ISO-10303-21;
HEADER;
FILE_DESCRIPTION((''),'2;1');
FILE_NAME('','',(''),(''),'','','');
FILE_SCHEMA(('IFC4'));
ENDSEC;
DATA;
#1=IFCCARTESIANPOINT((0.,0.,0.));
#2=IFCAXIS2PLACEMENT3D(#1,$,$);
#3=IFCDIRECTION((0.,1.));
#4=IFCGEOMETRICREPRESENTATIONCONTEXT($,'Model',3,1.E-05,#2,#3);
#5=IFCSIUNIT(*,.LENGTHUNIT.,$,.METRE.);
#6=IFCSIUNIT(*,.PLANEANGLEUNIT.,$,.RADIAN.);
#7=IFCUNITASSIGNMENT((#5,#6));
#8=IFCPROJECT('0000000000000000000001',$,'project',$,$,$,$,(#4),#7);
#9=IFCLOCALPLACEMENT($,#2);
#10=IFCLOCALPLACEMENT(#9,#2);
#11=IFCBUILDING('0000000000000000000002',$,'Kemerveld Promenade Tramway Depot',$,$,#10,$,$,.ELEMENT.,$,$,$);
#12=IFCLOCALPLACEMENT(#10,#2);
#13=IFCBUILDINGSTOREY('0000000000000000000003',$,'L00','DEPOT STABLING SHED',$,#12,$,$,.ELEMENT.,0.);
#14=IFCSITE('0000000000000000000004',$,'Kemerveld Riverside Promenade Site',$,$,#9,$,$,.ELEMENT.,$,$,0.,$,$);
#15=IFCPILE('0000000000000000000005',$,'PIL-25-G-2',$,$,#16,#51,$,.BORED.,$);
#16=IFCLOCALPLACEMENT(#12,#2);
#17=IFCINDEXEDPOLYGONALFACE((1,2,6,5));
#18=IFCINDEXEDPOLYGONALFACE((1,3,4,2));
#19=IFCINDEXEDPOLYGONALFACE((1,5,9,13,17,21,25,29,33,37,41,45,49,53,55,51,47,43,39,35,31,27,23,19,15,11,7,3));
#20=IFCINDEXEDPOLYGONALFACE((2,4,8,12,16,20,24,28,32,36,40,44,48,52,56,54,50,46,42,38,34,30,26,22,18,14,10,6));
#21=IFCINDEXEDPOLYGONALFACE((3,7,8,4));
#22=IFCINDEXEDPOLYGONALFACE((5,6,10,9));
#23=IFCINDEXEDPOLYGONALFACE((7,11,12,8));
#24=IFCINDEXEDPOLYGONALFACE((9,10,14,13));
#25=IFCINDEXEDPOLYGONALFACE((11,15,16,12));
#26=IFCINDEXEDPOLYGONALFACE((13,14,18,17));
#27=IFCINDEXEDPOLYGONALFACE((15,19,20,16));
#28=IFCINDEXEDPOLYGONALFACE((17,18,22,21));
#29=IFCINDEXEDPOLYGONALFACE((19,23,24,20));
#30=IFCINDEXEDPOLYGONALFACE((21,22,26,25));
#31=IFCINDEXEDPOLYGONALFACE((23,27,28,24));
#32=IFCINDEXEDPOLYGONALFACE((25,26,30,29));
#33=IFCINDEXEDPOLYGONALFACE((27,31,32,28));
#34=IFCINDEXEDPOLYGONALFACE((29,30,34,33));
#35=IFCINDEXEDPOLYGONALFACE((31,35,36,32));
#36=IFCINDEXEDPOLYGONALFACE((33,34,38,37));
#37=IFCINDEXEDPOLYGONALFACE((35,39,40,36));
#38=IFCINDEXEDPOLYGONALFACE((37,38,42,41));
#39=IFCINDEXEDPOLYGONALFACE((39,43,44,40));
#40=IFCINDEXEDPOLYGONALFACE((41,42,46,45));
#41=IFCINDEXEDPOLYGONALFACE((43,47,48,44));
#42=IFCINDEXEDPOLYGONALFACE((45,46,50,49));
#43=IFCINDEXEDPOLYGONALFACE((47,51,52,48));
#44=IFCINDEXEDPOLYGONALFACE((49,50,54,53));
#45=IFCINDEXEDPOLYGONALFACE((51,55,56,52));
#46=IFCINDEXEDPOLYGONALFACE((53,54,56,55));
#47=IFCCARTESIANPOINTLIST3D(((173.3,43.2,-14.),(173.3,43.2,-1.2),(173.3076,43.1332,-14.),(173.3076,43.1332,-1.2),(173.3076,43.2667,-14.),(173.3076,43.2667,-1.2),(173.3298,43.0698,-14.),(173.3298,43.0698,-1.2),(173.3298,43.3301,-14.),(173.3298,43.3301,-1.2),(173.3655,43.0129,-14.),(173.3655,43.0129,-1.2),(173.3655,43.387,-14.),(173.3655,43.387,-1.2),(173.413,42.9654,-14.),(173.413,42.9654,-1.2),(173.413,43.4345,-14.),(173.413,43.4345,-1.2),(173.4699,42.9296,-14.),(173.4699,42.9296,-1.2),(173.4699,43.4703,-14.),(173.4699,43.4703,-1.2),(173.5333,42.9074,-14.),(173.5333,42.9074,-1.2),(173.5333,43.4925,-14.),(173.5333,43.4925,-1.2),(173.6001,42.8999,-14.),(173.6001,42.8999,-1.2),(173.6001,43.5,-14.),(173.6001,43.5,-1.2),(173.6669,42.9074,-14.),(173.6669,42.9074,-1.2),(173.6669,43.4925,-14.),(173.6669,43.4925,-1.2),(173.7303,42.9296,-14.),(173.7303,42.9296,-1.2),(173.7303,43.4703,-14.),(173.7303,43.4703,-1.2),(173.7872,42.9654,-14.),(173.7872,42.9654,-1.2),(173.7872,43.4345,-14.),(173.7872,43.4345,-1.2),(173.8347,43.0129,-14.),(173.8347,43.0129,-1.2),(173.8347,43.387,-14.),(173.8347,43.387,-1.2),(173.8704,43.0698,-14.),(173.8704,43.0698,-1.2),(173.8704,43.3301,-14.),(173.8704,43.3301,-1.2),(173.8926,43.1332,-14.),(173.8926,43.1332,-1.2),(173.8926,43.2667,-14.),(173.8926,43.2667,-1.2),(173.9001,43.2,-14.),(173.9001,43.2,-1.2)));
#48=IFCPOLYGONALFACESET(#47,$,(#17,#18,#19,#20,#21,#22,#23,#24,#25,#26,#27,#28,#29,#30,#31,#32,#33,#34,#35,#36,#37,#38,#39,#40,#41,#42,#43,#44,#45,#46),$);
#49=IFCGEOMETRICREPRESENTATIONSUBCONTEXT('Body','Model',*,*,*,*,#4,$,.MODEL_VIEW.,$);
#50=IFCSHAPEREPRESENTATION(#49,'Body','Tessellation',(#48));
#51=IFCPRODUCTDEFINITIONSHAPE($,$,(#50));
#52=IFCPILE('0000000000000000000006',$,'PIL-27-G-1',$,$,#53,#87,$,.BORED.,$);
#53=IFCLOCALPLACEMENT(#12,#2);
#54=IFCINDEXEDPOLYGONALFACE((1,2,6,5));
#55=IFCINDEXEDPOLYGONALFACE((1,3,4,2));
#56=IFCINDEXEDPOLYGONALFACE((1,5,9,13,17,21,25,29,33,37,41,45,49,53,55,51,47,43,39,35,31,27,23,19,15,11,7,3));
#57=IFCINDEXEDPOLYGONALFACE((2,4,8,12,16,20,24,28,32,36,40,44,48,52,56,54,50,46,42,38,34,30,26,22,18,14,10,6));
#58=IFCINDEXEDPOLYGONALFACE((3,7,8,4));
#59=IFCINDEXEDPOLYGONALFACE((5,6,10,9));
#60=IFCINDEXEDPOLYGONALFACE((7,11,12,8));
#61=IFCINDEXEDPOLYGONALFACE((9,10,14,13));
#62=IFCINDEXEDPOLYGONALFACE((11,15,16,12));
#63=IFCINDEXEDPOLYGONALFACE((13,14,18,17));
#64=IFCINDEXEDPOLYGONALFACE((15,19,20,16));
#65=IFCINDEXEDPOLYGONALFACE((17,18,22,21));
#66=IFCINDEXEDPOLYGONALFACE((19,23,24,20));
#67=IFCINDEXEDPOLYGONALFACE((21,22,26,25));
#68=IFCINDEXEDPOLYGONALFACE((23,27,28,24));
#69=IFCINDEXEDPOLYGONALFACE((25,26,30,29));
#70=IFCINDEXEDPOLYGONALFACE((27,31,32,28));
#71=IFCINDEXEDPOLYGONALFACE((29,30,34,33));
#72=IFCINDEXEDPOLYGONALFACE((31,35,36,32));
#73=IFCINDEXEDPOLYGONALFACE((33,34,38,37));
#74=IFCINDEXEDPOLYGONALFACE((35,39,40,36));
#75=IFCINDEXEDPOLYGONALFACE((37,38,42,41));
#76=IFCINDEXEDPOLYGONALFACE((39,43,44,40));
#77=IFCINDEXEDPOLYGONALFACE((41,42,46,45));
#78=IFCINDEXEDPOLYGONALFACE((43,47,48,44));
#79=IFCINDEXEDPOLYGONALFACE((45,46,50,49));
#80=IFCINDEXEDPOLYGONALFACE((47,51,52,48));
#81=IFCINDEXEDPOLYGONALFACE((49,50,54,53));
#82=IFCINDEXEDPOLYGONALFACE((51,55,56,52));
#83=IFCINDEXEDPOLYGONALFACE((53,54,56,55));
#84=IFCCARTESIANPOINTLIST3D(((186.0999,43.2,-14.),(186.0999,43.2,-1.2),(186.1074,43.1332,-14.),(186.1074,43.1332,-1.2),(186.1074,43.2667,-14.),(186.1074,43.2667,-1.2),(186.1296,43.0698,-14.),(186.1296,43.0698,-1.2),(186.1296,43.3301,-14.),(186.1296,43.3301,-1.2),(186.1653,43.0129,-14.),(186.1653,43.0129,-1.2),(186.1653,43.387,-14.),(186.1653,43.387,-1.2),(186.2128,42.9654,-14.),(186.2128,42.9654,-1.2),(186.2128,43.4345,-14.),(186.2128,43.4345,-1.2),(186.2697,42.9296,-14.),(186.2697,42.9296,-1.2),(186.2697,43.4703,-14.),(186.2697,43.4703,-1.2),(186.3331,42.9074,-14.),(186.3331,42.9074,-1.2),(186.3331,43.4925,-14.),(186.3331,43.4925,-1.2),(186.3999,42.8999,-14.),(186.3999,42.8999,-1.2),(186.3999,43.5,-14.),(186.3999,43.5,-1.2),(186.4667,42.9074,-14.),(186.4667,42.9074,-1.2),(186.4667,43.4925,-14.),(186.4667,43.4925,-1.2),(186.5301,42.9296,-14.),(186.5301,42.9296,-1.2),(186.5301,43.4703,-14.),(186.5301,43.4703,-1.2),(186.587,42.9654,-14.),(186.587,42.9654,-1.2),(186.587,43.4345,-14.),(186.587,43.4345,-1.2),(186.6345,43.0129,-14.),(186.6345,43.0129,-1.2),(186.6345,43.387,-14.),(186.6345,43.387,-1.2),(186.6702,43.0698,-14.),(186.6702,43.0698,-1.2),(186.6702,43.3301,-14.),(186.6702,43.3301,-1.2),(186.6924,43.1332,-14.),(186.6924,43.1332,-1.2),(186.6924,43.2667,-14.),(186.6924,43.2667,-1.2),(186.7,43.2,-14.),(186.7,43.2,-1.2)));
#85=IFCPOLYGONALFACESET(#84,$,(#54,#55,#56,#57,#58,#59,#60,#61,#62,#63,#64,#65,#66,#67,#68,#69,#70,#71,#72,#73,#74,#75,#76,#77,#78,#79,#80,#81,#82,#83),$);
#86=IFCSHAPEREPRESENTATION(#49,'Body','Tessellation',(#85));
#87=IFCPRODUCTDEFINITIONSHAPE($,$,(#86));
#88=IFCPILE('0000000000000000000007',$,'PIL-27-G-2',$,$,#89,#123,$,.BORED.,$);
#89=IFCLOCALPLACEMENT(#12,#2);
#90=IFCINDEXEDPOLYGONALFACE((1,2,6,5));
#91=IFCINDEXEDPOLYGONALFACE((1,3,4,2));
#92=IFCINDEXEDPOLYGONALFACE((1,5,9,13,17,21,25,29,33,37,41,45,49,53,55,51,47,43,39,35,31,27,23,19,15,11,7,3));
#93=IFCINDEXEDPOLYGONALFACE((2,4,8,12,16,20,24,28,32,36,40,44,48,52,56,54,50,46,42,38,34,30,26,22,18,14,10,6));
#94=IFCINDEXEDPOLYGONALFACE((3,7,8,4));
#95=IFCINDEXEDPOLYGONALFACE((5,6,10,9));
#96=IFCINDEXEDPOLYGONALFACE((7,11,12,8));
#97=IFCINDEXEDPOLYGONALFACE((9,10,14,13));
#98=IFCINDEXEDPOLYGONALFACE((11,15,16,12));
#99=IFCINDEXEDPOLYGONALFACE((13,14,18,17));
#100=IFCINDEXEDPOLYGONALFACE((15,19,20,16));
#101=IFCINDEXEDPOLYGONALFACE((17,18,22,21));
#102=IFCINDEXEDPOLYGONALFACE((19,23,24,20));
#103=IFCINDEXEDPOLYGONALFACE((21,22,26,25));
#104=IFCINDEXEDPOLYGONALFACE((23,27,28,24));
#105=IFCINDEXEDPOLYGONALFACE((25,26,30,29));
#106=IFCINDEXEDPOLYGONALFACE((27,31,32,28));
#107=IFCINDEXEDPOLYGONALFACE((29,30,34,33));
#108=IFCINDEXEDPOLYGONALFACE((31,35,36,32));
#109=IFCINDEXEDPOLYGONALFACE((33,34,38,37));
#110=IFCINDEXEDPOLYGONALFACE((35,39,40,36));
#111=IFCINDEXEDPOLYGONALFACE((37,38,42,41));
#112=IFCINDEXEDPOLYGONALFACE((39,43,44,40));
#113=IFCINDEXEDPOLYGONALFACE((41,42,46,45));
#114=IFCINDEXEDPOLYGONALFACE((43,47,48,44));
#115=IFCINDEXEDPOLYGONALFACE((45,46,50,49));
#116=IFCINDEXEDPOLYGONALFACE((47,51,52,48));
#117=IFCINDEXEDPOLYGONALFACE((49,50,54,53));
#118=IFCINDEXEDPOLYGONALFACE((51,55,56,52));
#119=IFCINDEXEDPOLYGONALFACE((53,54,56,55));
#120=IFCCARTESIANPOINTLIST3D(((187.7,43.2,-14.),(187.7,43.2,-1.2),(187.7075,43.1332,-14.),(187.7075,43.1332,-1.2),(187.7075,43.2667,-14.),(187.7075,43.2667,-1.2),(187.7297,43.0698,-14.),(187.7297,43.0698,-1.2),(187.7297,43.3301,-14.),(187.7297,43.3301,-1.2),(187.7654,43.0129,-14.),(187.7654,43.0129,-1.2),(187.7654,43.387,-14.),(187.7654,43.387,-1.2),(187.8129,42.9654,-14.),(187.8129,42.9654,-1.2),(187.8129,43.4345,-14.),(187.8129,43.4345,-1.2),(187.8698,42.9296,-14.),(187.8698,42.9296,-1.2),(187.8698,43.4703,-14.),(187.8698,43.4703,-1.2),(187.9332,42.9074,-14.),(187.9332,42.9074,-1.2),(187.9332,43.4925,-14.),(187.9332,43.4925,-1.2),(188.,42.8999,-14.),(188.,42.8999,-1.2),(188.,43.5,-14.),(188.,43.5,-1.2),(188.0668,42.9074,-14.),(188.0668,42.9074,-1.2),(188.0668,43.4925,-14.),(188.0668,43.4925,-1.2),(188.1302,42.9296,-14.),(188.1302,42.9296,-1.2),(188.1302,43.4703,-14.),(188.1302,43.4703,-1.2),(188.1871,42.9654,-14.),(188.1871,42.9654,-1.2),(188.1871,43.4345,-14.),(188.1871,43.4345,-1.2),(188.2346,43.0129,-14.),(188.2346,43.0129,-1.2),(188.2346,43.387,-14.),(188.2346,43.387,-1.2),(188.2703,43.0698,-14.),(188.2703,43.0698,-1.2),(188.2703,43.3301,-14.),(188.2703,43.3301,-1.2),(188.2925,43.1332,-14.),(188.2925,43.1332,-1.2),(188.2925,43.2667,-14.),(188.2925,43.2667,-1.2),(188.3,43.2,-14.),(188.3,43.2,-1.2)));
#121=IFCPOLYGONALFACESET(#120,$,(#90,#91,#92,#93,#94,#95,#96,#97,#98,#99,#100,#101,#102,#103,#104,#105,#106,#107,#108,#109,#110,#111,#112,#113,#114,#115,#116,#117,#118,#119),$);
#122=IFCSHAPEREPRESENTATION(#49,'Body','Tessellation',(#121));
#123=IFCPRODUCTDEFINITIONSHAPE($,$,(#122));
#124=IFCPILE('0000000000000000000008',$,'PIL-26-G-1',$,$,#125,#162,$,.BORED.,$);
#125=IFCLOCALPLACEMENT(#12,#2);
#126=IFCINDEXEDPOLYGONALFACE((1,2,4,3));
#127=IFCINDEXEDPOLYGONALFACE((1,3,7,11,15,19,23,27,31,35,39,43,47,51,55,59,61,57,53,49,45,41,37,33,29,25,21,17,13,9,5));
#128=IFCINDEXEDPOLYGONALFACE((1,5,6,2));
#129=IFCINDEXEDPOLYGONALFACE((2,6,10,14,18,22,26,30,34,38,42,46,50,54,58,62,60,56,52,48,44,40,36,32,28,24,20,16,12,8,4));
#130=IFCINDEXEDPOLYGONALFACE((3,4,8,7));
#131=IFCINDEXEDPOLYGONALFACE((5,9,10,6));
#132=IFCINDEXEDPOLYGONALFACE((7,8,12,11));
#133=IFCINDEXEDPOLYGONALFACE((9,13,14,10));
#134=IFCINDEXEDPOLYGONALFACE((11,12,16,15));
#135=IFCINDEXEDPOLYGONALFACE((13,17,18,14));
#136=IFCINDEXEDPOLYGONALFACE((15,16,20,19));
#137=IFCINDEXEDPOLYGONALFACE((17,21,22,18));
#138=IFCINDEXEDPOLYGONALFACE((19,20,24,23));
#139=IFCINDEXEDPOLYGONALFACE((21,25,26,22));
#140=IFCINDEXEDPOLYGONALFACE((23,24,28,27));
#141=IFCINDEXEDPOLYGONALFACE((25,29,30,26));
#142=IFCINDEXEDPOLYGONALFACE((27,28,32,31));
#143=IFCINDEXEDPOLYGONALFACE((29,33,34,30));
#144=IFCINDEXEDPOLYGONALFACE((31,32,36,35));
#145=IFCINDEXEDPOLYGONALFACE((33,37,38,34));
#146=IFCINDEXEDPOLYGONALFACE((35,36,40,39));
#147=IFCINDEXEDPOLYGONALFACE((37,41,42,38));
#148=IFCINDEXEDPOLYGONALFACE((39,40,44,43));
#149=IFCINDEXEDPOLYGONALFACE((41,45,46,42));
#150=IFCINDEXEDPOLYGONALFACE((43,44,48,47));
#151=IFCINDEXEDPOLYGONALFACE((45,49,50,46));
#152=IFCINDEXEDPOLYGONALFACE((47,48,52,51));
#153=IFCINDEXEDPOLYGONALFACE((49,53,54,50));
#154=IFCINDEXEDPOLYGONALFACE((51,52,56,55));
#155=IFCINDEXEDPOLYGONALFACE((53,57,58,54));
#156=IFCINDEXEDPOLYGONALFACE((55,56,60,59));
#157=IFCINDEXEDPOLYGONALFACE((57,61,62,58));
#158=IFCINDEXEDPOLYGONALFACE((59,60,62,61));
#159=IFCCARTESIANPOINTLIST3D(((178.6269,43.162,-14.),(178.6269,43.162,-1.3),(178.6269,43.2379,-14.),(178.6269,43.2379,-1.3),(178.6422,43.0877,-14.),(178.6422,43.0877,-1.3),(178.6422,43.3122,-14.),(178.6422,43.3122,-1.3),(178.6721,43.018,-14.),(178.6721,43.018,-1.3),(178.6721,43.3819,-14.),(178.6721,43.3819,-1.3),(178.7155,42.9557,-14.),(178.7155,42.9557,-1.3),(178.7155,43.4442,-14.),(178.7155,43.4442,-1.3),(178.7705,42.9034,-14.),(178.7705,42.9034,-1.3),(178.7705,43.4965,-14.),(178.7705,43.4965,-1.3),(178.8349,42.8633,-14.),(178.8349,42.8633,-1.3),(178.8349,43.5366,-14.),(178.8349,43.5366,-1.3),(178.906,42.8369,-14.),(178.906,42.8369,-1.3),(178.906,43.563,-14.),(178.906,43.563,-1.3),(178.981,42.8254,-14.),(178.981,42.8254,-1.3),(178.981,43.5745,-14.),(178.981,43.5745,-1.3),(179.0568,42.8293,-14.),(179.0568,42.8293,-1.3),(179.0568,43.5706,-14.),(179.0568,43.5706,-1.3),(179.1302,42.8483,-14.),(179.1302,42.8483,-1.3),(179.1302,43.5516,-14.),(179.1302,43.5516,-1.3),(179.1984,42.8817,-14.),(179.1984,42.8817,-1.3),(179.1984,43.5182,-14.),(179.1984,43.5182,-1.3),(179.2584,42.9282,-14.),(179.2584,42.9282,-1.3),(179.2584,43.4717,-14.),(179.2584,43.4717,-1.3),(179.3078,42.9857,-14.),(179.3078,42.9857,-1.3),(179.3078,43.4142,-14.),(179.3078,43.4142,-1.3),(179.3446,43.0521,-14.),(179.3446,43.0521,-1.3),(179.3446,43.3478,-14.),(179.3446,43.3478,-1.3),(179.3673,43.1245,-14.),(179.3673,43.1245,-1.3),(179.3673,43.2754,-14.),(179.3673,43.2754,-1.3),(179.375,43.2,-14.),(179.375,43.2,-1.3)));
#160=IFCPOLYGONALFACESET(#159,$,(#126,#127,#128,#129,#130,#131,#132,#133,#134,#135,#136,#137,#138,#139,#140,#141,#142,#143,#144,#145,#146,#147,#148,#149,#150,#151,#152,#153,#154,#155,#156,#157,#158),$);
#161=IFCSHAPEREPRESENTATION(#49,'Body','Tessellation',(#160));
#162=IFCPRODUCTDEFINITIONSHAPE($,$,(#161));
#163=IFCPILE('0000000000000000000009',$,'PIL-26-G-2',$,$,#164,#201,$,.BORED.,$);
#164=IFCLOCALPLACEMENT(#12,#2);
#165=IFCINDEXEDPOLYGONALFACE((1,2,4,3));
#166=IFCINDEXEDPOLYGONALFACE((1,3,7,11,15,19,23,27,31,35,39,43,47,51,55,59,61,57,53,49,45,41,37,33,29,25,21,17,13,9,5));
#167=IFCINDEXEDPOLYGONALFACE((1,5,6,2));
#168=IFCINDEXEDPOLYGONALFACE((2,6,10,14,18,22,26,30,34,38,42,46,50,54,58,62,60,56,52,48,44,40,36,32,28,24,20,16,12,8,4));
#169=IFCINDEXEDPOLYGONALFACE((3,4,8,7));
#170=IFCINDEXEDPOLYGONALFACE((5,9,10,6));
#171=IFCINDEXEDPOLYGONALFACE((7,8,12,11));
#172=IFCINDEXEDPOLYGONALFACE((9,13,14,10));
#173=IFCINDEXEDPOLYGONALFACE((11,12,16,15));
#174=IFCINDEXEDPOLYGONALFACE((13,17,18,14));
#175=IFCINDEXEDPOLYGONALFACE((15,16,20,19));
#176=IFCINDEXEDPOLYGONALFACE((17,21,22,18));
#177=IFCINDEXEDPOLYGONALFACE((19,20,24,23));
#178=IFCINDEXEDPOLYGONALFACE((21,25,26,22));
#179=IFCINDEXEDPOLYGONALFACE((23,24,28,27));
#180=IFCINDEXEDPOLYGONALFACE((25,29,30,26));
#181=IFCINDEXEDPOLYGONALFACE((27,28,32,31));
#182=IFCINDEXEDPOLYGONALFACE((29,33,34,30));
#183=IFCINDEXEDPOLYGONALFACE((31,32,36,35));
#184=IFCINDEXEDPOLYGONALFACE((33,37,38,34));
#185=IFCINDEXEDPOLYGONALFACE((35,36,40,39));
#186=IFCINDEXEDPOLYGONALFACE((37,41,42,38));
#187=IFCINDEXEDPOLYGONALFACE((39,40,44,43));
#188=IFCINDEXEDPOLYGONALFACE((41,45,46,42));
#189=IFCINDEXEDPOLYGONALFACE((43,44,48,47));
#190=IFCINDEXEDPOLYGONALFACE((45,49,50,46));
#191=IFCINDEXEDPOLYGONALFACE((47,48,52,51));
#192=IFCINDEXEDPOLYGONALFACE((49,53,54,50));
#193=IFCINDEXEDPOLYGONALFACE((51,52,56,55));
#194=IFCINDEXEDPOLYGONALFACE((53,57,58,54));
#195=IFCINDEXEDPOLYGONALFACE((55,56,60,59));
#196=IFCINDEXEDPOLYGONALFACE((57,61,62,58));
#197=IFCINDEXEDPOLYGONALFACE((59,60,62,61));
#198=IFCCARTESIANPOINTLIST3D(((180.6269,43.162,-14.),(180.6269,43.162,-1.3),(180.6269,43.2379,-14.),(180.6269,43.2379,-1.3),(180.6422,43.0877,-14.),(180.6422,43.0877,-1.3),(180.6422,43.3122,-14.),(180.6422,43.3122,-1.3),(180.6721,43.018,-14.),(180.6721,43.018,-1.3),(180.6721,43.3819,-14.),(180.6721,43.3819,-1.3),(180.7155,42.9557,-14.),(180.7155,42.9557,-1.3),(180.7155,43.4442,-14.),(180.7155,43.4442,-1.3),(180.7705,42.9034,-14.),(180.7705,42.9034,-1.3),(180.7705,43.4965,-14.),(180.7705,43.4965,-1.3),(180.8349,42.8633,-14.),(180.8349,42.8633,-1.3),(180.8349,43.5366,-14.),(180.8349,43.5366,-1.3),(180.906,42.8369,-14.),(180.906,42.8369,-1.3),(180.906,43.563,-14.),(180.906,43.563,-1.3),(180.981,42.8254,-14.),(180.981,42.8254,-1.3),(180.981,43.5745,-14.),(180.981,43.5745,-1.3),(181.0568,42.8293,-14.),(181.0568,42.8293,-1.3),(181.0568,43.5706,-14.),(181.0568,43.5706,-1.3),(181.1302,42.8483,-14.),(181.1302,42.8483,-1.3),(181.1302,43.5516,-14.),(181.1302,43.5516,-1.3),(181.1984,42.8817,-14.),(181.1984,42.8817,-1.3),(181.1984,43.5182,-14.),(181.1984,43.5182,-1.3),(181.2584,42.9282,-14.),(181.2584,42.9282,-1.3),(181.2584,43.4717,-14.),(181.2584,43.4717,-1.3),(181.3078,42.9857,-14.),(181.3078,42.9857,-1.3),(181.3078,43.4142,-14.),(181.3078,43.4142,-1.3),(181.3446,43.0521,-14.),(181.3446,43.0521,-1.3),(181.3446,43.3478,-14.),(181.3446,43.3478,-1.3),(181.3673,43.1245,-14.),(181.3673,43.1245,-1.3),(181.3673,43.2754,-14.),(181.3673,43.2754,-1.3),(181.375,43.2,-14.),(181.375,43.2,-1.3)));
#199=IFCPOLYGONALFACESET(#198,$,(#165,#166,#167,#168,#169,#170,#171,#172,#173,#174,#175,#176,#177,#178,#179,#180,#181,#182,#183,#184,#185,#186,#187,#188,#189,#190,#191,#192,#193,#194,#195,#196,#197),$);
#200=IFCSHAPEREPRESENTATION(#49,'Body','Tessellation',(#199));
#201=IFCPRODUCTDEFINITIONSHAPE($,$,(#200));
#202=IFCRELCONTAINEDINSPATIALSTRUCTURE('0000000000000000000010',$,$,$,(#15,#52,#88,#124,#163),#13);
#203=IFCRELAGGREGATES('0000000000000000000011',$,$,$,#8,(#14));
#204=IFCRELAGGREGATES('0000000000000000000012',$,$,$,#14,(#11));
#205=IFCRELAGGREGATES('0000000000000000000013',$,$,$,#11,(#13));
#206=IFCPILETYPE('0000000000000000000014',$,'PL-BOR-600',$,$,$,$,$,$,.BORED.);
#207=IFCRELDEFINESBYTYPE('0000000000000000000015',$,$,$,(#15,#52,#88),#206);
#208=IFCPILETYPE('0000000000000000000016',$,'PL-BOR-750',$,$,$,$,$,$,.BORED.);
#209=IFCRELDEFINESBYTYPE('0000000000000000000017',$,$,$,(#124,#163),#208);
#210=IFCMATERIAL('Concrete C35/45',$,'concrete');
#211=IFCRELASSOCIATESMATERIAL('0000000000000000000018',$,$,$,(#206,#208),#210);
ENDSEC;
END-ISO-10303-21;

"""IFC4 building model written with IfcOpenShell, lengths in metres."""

from ifc_helpers import new_model, si_unit, direction, frame, origin, origin_2d, place, context, subcontext, project, spatial, circle, extrude, material, material_profile, profile_set, type_object, element, save


model = new_model("IFC4")

# Units and contexts
model_context = context("Model", 3, precision=1e-05, world=origin(), true_north=direction((0.0, 1.0)))
body_context = subcontext(model_context, "Body", "Model", "MODEL_VIEW")
ifc_project = project(units=[si_unit("LENGTHUNIT", "METRE"), si_unit("PLANEANGLEUNIT", "RADIAN")], contexts=[model_context])

# Site, building, storey
site_placement = place(None, origin())
site = spatial("IfcSite", under=ifc_project, at=site_placement, Name="Kemerveld Riverside Promenade Site", CompositionType="ELEMENT", RefElevation=0.0)
building_placement = place(site_placement, origin())
building = spatial("IfcBuilding", under=site, at=building_placement, Name="Kemerveld Promenade Tramway Depot", CompositionType="ELEMENT")
storey_placement = place(building_placement, origin())
storey = spatial("IfcBuildingStorey", under=building, at=storey_placement, Name="L00", Description="DEPOT STABLING SHED", CompositionType="ELEMENT", Elevation=0.0)

# Shared definitions
ifc_material_1 = material(Name="Concrete C35/45", Category="concrete")

# Piles
ifc_material_profile_1 = material_profile(ifc_material_1, circle(Radius=0.3, at=origin_2d()), Name="PILE-D600")
ifc_profile_set_1 = profile_set([ifc_material_profile_1], Name="Concrete C35/45")
pile_type_1 = type_object("IfcPileType", Name="PL-BOR-600", PredefinedType="BORED", material=ifc_profile_set_1)
for number, where, z_axis, x_axis, name in (
    (1, (173.6001, 43.2, -1.2), (0.0, 0.0, -1.0), (1.0, 0.0, 0.0), "PIL-25-G-2"),
    (2, (186.3999, 43.2, -1.2), (0.0, 0.0, -1.0), (1.0, 0.0, 0.0), "PIL-27-G-1"),
    (3, (188.0, 43.2, -1.2), (0.0, 0.0, -1.0), (1.0, 0.0, 0.0), "PIL-27-G-2"),
):
    element("IfcPile", number, at=place(storey_placement, frame(where, z_axis=z_axis, x_axis=x_axis)), inside=storey, type_object=pile_type_1, Name=name, PredefinedType="BORED", context=body_context, shape_type="SweptSolid", body=[
        extrude(circle(Radius=0.3, at=origin_2d()), origin(), (0.0, 0.0, 1.0), 12.8),
    ])
ifc_material_profile_2 = material_profile(ifc_material_1, circle(Radius=0.375, at=origin_2d()), Name="PILE-D750")
ifc_profile_set_2 = profile_set([ifc_material_profile_2], Name="Concrete C35/45")
pile_type_2 = type_object("IfcPileType", Name="PL-BOR-750", PredefinedType="BORED", material=ifc_profile_set_2)
for number, where, z_axis, x_axis, name in (
    (4, (179.0, 43.2, -1.3), (0.0, 0.0, -1.0), (1.0, 0.0, 0.0), "PIL-26-G-1"),
    (5, (181.0, 43.2, -1.3), (0.0, 0.0, -1.0), (1.0, 0.0, 0.0), "PIL-26-G-2"),
):
    element("IfcPile", number, at=place(storey_placement, frame(where, z_axis=z_axis, x_axis=x_axis)), inside=storey, type_object=pile_type_2, Name=name, PredefinedType="BORED", context=body_context, shape_type="SweptSolid", body=[
        extrude(circle(Radius=0.375, at=origin_2d()), origin(), (0.0, 0.0, 1.0), 12.7),
    ])

save(model, "model.ifc")
